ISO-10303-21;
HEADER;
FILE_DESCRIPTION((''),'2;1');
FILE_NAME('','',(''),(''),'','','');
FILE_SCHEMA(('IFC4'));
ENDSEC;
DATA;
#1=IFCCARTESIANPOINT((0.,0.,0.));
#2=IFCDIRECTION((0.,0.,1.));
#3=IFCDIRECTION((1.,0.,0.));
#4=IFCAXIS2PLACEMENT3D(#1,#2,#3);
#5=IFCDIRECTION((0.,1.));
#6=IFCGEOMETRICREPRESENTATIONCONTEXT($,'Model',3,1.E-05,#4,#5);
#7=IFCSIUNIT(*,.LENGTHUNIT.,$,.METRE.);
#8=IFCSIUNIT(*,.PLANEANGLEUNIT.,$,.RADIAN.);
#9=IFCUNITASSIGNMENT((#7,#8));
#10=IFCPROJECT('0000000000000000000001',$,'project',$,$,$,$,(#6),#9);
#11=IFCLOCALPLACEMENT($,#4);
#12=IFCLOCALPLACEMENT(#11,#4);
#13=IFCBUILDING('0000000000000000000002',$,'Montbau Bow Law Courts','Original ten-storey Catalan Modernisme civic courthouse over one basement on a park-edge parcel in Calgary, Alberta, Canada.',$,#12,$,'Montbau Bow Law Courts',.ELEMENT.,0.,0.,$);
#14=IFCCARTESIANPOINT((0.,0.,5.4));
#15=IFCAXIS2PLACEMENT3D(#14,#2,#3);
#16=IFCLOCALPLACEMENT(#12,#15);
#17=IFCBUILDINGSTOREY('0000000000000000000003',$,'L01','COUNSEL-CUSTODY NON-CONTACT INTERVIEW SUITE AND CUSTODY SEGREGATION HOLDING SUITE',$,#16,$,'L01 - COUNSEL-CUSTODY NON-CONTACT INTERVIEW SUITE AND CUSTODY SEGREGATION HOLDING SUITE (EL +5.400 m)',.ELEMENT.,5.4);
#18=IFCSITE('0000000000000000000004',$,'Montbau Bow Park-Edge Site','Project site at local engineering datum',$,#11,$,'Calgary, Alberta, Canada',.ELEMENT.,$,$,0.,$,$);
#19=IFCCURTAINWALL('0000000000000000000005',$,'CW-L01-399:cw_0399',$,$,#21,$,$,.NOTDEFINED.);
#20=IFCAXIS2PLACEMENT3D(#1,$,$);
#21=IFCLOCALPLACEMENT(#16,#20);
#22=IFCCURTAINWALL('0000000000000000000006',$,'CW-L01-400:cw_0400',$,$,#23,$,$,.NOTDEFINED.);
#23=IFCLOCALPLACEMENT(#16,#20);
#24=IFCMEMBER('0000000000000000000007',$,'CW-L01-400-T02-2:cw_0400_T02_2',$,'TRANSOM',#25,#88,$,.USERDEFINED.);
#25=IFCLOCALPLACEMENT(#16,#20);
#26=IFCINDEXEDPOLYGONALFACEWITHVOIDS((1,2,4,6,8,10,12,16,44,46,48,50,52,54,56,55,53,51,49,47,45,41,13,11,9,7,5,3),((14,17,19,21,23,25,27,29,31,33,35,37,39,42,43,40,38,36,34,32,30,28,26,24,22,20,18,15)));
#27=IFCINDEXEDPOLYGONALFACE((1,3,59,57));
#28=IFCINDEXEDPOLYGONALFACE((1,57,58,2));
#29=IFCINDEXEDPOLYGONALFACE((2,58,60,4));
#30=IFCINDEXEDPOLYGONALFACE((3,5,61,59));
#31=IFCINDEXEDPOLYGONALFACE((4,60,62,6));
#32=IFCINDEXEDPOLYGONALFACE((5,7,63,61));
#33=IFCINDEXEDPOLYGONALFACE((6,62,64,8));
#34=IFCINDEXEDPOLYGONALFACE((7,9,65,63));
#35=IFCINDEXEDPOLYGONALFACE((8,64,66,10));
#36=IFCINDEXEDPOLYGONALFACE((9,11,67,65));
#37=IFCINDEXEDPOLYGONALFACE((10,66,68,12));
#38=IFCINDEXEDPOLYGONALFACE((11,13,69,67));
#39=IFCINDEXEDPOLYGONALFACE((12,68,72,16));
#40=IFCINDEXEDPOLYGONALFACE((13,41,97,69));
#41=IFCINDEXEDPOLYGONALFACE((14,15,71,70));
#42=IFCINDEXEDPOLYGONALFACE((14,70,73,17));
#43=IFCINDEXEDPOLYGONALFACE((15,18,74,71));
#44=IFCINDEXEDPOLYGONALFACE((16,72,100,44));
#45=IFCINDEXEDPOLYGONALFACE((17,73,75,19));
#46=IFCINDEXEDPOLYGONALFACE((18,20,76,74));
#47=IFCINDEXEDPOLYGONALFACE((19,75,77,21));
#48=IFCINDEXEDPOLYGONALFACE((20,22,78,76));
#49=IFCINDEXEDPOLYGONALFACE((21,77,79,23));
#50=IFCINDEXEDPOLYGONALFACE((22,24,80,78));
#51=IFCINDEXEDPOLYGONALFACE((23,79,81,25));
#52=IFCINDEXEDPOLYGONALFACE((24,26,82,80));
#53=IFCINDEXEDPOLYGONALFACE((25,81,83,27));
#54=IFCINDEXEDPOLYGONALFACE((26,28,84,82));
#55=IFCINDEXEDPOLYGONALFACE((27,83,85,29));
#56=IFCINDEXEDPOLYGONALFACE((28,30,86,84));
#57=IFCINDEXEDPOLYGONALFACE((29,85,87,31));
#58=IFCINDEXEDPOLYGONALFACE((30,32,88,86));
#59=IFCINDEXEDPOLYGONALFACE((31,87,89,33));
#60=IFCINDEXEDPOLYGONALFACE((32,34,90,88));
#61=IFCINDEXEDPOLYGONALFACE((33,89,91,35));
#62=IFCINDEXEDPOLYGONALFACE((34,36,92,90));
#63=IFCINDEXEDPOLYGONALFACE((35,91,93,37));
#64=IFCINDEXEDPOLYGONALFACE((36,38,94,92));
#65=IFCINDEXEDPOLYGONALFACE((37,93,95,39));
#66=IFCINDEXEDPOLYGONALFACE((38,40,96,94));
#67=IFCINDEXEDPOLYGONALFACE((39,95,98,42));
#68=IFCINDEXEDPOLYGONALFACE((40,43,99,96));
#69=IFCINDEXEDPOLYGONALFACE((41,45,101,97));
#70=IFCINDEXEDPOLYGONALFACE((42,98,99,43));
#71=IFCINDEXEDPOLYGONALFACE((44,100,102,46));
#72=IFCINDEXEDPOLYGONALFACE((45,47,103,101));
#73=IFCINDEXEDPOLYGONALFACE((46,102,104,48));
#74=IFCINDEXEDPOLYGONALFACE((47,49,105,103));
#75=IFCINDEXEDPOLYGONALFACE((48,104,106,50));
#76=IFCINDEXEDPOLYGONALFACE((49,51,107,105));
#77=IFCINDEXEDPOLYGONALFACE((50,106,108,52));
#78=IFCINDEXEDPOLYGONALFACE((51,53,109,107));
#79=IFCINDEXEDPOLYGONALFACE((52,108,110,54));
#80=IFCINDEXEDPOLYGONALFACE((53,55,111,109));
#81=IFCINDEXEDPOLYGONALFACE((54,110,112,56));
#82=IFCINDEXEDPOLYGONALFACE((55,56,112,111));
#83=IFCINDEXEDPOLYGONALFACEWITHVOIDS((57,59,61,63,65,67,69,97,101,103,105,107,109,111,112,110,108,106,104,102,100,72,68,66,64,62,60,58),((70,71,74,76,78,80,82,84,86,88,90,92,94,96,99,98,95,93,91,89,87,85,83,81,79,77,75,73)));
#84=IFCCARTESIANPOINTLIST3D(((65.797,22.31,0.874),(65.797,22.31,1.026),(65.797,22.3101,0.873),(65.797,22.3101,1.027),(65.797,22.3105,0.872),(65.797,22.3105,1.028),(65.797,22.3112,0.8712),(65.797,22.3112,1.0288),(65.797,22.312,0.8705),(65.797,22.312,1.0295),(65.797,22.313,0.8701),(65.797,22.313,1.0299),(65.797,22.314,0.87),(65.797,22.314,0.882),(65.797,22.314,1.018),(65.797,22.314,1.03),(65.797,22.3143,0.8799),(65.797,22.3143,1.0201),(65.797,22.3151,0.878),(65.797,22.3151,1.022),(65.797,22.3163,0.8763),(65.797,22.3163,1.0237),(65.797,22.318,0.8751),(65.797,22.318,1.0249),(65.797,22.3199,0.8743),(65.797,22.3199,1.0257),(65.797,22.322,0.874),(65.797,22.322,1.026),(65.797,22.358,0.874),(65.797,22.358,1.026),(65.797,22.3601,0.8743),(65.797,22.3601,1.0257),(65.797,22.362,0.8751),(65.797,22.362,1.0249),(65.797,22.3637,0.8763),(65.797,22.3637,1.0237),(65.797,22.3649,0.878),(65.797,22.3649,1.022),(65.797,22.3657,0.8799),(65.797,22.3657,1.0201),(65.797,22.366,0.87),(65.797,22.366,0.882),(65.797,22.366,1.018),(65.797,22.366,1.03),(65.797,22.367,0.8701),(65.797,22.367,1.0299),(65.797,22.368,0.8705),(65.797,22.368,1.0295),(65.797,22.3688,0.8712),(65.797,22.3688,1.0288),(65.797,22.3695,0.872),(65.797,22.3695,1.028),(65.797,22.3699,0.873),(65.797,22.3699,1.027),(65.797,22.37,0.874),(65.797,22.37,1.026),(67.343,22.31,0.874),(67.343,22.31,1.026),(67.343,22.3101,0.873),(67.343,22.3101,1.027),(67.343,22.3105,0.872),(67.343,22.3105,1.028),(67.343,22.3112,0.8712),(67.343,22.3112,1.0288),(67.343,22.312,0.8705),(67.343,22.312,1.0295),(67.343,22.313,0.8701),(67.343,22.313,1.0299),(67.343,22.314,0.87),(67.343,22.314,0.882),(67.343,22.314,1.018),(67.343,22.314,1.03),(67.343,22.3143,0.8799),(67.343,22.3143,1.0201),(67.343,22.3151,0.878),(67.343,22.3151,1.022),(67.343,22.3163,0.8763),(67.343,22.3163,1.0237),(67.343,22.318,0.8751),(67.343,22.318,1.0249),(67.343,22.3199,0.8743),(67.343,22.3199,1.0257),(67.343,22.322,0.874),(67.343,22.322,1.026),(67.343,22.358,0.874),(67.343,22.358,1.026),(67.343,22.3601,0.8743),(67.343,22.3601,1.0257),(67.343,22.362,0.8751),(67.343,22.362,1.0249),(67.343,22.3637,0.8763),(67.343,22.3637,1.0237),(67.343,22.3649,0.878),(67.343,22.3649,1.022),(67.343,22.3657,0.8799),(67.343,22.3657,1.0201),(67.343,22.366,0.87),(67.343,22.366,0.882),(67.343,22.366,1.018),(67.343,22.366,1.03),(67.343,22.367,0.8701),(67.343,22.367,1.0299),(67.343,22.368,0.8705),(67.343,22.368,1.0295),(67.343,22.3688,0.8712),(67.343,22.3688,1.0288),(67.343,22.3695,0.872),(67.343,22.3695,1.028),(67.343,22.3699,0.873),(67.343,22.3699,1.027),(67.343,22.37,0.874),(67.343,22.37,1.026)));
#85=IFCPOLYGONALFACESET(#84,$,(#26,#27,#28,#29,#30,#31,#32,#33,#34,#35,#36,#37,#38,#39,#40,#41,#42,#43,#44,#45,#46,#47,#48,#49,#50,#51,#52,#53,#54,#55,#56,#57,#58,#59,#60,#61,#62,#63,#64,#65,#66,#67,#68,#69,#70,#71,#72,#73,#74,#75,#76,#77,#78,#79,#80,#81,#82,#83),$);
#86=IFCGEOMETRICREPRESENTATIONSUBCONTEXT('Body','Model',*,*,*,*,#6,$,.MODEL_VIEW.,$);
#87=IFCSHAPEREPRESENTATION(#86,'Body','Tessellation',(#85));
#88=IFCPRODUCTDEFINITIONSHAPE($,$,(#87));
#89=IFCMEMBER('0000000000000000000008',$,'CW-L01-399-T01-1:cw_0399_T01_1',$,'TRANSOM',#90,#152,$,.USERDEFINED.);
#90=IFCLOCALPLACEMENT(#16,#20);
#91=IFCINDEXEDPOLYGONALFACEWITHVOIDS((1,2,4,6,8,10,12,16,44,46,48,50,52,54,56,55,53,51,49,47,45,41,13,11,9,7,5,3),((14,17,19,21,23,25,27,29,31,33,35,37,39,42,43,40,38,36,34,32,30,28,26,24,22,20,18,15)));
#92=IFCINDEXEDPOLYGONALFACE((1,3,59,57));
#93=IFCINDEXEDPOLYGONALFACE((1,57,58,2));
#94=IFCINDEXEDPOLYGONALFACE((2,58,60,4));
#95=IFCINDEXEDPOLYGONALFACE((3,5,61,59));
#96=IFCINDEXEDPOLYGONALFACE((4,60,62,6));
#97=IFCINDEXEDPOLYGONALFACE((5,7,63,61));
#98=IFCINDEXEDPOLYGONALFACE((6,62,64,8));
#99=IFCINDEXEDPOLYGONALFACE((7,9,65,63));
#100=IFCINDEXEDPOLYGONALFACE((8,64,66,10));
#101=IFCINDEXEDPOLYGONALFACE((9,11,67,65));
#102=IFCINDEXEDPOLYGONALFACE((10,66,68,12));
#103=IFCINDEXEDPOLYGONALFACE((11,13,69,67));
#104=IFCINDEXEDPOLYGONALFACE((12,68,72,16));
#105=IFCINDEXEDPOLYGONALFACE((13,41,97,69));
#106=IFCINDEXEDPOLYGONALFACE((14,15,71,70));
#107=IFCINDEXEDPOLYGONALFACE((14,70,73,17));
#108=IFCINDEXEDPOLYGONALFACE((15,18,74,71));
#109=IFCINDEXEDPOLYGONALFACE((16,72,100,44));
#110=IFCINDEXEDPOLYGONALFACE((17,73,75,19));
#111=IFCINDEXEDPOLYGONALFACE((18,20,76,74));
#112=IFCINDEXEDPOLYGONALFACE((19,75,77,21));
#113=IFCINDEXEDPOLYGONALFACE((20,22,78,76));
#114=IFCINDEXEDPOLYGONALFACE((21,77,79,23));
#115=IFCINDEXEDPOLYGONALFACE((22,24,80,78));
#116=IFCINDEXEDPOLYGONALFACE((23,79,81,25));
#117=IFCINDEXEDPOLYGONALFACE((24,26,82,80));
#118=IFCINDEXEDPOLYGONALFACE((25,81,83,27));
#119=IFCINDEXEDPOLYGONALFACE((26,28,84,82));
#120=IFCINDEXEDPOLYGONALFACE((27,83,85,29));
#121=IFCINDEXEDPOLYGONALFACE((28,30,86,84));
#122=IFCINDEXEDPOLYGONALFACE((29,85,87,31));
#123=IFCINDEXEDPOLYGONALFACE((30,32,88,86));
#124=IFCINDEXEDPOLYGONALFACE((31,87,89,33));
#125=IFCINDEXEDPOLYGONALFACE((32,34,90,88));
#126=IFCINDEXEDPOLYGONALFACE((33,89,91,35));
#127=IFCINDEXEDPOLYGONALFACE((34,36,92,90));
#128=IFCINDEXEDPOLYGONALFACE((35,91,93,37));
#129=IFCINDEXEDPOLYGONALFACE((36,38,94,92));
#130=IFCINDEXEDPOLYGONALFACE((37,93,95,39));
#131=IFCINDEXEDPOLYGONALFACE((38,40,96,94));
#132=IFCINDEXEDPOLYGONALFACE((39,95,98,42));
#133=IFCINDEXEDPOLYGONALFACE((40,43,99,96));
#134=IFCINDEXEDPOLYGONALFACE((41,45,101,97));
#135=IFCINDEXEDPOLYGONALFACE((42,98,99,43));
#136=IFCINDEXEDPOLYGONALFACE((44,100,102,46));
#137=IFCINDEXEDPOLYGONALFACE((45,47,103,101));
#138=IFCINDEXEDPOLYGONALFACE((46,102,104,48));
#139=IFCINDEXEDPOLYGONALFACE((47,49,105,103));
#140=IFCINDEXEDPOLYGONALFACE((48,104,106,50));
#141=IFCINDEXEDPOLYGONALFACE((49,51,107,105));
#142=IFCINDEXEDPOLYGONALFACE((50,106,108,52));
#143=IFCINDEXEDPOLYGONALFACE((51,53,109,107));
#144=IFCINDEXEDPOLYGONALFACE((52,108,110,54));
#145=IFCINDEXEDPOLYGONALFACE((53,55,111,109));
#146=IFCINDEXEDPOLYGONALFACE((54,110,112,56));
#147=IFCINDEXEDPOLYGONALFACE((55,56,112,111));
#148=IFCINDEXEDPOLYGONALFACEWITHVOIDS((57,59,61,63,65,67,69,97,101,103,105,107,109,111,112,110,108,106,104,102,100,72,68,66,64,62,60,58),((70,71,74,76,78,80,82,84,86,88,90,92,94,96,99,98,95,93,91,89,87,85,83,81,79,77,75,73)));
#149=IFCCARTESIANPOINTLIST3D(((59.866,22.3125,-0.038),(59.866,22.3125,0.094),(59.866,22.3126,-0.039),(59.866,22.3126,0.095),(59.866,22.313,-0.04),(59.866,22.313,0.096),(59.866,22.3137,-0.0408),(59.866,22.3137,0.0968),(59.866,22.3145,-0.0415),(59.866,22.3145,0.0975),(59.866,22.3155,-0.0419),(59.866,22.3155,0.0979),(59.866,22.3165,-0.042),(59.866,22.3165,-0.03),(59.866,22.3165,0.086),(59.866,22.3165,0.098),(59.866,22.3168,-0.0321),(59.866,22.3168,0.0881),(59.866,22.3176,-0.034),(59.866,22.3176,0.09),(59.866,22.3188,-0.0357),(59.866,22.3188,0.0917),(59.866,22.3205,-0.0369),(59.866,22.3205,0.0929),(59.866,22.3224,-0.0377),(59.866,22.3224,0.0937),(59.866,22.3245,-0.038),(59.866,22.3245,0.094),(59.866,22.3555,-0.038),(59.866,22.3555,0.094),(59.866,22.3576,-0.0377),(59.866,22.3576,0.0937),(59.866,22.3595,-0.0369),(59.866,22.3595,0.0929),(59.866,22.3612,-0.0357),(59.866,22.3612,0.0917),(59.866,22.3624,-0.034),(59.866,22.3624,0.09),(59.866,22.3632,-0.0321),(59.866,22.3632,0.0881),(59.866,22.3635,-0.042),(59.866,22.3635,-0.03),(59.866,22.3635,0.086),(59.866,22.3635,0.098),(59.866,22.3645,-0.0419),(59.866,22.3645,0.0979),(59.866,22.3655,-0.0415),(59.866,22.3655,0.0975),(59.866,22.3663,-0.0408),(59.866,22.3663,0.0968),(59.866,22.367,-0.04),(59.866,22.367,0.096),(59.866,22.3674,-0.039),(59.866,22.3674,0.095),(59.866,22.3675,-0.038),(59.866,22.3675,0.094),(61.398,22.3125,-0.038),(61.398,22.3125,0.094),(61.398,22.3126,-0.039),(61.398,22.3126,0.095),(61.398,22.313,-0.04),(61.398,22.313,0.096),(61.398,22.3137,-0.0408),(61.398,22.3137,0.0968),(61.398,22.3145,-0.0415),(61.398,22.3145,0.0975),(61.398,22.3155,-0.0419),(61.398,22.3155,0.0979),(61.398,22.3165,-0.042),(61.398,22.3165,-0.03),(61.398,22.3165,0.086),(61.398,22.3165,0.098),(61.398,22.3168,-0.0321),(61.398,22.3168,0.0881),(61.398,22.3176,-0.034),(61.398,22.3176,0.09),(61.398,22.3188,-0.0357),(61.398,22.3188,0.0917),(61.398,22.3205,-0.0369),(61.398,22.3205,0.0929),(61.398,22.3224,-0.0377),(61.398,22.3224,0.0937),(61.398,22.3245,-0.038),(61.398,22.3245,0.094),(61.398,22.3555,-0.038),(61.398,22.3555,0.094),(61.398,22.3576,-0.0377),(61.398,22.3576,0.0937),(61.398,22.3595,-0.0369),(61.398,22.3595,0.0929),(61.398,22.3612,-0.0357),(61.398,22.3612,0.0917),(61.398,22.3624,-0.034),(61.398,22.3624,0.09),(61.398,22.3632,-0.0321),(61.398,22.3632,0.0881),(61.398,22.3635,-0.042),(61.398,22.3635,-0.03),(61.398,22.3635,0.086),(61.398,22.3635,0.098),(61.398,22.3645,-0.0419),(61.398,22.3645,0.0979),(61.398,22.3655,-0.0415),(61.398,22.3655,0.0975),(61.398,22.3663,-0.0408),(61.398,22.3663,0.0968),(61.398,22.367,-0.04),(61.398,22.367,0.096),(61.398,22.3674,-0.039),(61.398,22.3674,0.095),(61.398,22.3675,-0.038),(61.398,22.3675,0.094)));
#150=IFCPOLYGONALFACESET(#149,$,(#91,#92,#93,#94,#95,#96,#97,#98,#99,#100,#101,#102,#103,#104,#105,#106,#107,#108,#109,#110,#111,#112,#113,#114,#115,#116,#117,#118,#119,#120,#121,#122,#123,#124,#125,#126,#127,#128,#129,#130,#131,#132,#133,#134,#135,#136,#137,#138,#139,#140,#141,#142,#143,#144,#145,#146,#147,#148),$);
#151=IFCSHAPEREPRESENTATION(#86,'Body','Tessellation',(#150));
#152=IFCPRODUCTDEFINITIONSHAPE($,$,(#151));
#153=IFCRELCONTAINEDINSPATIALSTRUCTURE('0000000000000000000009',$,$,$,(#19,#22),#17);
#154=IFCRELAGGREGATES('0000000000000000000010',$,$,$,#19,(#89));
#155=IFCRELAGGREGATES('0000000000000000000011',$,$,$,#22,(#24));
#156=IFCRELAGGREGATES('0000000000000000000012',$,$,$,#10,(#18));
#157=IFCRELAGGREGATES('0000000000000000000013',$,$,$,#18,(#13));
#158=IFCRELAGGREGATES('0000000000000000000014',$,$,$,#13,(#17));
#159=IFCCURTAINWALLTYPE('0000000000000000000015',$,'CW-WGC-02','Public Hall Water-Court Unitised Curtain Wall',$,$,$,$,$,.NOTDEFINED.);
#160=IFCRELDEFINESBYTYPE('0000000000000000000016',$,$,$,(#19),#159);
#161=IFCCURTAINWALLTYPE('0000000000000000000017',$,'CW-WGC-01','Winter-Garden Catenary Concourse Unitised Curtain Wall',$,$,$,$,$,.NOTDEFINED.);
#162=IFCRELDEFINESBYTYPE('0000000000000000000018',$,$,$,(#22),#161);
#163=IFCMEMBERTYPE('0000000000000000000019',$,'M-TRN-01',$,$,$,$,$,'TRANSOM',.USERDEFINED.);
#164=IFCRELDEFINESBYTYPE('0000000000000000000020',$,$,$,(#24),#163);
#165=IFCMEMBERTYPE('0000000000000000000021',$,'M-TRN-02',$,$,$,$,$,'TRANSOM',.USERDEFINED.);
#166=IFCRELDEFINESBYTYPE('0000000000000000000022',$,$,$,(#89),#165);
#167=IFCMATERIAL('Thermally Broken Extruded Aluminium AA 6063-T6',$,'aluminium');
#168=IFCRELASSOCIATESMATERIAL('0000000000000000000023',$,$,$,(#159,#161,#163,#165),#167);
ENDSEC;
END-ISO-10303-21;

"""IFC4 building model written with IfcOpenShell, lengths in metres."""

from ifc_helpers import new_model, si_unit, direction, frame, origin_with_axes, origin_2d_with_axis, place, context, subcontext, project, spatial, hollow_rectangle, extrude, material, material_profile, profile_set, type_object, element, aggregate, save


model = new_model("IFC4")

# Units and contexts
model_context = context("Model", 3, precision=1e-05, world=origin_with_axes(), true_north=direction((0.0, 1.0)))
body_context = subcontext(model_context, "Body", "Model", "MODEL_VIEW")
ifc_project = project(units=[si_unit("LENGTHUNIT", "METRE"), si_unit("PLANEANGLEUNIT", "RADIAN")], contexts=[model_context])

# Site, building, storey
site_placement = place(None, origin_with_axes())
site = spatial("IfcSite", under=ifc_project, at=site_placement, Name="Montbau Bow Park-Edge Site", Description="Project site at local engineering datum", LongName="Calgary, Alberta, Canada", CompositionType="ELEMENT", RefElevation=0.0)
building_placement = place(site_placement, origin_with_axes())
building = spatial("IfcBuilding", under=site, at=building_placement, Name="Montbau Bow Law Courts", Description="Original ten-storey Catalan Modernisme civic courthouse over one basement on a park-edge parcel in Calgary, Alberta, Canada.", LongName="Montbau Bow Law Courts", CompositionType="ELEMENT", ElevationOfRefHeight=0.0, ElevationOfTerrain=0.0)
storey_placement = place(building_placement, frame((0.0, 0.0, 5.4), z_axis=(0.0, 0.0, 1.0), x_axis=(1.0, 0.0, 0.0)))
storey = spatial("IfcBuildingStorey", under=building, at=storey_placement, Name="L01", Description="COUNSEL-CUSTODY NON-CONTACT INTERVIEW SUITE AND CUSTODY SEGREGATION HOLDING SUITE", LongName="L01 - COUNSEL-CUSTODY NON-CONTACT INTERVIEW SUITE AND CUSTODY SEGREGATION HOLDING SUITE (EL +5.400 m)", CompositionType="ELEMENT", Elevation=5.4)

# Curtain walls
ifc_material_1 = material(Name="Thermally Broken Extruded Aluminium AA 6063-T6", Category="aluminium")
curtain_wall_type_1 = type_object("IfcCurtainWallType", Name="CW-WGC-02", Description="Public Hall Water-Court Unitised Curtain Wall", PredefinedType="NOTDEFINED", material=ifc_material_1)
curtain_wall_1_placement = place(None, frame((59.79, 22.34, 5.4), z_axis=(0.0, 0.0, 1.0), x_axis=(1.0, 0.0, 0.0)))
curtain_wall_1 = element("IfcCurtainWall", 1, at=curtain_wall_1_placement, inside=storey, type_object=curtain_wall_type_1, Name="CW-L01-399:cw_0399", PredefinedType="NOTDEFINED")
curtain_wall_type_2 = type_object("IfcCurtainWallType", Name="CW-WGC-01", Description="Winter-Garden Catenary Concourse Unitised Curtain Wall", PredefinedType="NOTDEFINED", material=ifc_material_1)
curtain_wall_2_placement = place(None, frame((64.115, 22.34, 5.4), z_axis=(0.0, 0.0, 1.0), x_axis=(1.0, 0.0, 0.0)))
curtain_wall_2 = element("IfcCurtainWall", 2, at=curtain_wall_2_placement, inside=storey, type_object=curtain_wall_type_2, Name="CW-L01-400:cw_0400", PredefinedType="NOTDEFINED")

# Members
ifc_material_profile_1 = material_profile(ifc_material_1, hollow_rectangle(XDim=0.06, YDim=0.16, WallThickness=0.004, InnerFilletRadius=0.008, OuterFilletRadius=0.004, at=origin_2d_with_axis()), Name="CWT-160X60", Category="Main", Priority=0)
ifc_profile_set_1 = profile_set([ifc_material_profile_1], Name="Thermally Broken Extruded Aluminium AA 6063-T6")
member_type_1 = type_object("IfcMemberType", Name="M-TRN-01", ElementType="TRANSOM", PredefinedType="USERDEFINED", material=ifc_profile_set_1)
member_1_placement = place(None, frame((65.797, 22.34, 6.35), z_axis=(1.0, 0.0, 0.0), x_axis=(0.0, 1.0, 0.0)))
member_1 = element("IfcMember", 3, at=member_1_placement, type_object=member_type_1, Name="CW-L01-400-T02-2:cw_0400_T02_2", ObjectType="TRANSOM", PredefinedType="USERDEFINED", context=body_context, shape_type="SweptSolid", body=[
    extrude(hollow_rectangle(XDim=0.06, YDim=0.16, WallThickness=0.004, InnerFilletRadius=0.008, OuterFilletRadius=0.004, at=origin_2d_with_axis()), origin_with_axes(), (0.0, 0.0, 1.0), 1.546),
])
ifc_material_profile_2 = material_profile(ifc_material_1, hollow_rectangle(XDim=0.055, YDim=0.14, WallThickness=0.004, InnerFilletRadius=0.008, OuterFilletRadius=0.004, at=origin_2d_with_axis()), Name="CWT-140X55", Category="Main", Priority=0)
ifc_profile_set_2 = profile_set([ifc_material_profile_2], Name="Thermally Broken Extruded Aluminium AA 6063-T6")
member_type_2 = type_object("IfcMemberType", Name="M-TRN-02", ElementType="TRANSOM", PredefinedType="USERDEFINED", material=ifc_profile_set_2)
member_2_placement = place(None, frame((59.866, 22.34, 5.428), z_axis=(1.0, 0.0, 0.0), x_axis=(0.0, 1.0, 0.0)))
member_2 = element("IfcMember", 4, at=member_2_placement, type_object=member_type_2, Name="CW-L01-399-T01-1:cw_0399_T01_1", ObjectType="TRANSOM", PredefinedType="USERDEFINED", context=body_context, shape_type="SweptSolid", body=[
    extrude(hollow_rectangle(XDim=0.055, YDim=0.14, WallThickness=0.004, InnerFilletRadius=0.008, OuterFilletRadius=0.004, at=origin_2d_with_axis()), origin_with_axes(), (0.0, 0.0, 1.0), 1.532),
])

aggregate(curtain_wall_1, [member_2])
aggregate(curtain_wall_2, [member_1])

save(model, "model.ifc")
